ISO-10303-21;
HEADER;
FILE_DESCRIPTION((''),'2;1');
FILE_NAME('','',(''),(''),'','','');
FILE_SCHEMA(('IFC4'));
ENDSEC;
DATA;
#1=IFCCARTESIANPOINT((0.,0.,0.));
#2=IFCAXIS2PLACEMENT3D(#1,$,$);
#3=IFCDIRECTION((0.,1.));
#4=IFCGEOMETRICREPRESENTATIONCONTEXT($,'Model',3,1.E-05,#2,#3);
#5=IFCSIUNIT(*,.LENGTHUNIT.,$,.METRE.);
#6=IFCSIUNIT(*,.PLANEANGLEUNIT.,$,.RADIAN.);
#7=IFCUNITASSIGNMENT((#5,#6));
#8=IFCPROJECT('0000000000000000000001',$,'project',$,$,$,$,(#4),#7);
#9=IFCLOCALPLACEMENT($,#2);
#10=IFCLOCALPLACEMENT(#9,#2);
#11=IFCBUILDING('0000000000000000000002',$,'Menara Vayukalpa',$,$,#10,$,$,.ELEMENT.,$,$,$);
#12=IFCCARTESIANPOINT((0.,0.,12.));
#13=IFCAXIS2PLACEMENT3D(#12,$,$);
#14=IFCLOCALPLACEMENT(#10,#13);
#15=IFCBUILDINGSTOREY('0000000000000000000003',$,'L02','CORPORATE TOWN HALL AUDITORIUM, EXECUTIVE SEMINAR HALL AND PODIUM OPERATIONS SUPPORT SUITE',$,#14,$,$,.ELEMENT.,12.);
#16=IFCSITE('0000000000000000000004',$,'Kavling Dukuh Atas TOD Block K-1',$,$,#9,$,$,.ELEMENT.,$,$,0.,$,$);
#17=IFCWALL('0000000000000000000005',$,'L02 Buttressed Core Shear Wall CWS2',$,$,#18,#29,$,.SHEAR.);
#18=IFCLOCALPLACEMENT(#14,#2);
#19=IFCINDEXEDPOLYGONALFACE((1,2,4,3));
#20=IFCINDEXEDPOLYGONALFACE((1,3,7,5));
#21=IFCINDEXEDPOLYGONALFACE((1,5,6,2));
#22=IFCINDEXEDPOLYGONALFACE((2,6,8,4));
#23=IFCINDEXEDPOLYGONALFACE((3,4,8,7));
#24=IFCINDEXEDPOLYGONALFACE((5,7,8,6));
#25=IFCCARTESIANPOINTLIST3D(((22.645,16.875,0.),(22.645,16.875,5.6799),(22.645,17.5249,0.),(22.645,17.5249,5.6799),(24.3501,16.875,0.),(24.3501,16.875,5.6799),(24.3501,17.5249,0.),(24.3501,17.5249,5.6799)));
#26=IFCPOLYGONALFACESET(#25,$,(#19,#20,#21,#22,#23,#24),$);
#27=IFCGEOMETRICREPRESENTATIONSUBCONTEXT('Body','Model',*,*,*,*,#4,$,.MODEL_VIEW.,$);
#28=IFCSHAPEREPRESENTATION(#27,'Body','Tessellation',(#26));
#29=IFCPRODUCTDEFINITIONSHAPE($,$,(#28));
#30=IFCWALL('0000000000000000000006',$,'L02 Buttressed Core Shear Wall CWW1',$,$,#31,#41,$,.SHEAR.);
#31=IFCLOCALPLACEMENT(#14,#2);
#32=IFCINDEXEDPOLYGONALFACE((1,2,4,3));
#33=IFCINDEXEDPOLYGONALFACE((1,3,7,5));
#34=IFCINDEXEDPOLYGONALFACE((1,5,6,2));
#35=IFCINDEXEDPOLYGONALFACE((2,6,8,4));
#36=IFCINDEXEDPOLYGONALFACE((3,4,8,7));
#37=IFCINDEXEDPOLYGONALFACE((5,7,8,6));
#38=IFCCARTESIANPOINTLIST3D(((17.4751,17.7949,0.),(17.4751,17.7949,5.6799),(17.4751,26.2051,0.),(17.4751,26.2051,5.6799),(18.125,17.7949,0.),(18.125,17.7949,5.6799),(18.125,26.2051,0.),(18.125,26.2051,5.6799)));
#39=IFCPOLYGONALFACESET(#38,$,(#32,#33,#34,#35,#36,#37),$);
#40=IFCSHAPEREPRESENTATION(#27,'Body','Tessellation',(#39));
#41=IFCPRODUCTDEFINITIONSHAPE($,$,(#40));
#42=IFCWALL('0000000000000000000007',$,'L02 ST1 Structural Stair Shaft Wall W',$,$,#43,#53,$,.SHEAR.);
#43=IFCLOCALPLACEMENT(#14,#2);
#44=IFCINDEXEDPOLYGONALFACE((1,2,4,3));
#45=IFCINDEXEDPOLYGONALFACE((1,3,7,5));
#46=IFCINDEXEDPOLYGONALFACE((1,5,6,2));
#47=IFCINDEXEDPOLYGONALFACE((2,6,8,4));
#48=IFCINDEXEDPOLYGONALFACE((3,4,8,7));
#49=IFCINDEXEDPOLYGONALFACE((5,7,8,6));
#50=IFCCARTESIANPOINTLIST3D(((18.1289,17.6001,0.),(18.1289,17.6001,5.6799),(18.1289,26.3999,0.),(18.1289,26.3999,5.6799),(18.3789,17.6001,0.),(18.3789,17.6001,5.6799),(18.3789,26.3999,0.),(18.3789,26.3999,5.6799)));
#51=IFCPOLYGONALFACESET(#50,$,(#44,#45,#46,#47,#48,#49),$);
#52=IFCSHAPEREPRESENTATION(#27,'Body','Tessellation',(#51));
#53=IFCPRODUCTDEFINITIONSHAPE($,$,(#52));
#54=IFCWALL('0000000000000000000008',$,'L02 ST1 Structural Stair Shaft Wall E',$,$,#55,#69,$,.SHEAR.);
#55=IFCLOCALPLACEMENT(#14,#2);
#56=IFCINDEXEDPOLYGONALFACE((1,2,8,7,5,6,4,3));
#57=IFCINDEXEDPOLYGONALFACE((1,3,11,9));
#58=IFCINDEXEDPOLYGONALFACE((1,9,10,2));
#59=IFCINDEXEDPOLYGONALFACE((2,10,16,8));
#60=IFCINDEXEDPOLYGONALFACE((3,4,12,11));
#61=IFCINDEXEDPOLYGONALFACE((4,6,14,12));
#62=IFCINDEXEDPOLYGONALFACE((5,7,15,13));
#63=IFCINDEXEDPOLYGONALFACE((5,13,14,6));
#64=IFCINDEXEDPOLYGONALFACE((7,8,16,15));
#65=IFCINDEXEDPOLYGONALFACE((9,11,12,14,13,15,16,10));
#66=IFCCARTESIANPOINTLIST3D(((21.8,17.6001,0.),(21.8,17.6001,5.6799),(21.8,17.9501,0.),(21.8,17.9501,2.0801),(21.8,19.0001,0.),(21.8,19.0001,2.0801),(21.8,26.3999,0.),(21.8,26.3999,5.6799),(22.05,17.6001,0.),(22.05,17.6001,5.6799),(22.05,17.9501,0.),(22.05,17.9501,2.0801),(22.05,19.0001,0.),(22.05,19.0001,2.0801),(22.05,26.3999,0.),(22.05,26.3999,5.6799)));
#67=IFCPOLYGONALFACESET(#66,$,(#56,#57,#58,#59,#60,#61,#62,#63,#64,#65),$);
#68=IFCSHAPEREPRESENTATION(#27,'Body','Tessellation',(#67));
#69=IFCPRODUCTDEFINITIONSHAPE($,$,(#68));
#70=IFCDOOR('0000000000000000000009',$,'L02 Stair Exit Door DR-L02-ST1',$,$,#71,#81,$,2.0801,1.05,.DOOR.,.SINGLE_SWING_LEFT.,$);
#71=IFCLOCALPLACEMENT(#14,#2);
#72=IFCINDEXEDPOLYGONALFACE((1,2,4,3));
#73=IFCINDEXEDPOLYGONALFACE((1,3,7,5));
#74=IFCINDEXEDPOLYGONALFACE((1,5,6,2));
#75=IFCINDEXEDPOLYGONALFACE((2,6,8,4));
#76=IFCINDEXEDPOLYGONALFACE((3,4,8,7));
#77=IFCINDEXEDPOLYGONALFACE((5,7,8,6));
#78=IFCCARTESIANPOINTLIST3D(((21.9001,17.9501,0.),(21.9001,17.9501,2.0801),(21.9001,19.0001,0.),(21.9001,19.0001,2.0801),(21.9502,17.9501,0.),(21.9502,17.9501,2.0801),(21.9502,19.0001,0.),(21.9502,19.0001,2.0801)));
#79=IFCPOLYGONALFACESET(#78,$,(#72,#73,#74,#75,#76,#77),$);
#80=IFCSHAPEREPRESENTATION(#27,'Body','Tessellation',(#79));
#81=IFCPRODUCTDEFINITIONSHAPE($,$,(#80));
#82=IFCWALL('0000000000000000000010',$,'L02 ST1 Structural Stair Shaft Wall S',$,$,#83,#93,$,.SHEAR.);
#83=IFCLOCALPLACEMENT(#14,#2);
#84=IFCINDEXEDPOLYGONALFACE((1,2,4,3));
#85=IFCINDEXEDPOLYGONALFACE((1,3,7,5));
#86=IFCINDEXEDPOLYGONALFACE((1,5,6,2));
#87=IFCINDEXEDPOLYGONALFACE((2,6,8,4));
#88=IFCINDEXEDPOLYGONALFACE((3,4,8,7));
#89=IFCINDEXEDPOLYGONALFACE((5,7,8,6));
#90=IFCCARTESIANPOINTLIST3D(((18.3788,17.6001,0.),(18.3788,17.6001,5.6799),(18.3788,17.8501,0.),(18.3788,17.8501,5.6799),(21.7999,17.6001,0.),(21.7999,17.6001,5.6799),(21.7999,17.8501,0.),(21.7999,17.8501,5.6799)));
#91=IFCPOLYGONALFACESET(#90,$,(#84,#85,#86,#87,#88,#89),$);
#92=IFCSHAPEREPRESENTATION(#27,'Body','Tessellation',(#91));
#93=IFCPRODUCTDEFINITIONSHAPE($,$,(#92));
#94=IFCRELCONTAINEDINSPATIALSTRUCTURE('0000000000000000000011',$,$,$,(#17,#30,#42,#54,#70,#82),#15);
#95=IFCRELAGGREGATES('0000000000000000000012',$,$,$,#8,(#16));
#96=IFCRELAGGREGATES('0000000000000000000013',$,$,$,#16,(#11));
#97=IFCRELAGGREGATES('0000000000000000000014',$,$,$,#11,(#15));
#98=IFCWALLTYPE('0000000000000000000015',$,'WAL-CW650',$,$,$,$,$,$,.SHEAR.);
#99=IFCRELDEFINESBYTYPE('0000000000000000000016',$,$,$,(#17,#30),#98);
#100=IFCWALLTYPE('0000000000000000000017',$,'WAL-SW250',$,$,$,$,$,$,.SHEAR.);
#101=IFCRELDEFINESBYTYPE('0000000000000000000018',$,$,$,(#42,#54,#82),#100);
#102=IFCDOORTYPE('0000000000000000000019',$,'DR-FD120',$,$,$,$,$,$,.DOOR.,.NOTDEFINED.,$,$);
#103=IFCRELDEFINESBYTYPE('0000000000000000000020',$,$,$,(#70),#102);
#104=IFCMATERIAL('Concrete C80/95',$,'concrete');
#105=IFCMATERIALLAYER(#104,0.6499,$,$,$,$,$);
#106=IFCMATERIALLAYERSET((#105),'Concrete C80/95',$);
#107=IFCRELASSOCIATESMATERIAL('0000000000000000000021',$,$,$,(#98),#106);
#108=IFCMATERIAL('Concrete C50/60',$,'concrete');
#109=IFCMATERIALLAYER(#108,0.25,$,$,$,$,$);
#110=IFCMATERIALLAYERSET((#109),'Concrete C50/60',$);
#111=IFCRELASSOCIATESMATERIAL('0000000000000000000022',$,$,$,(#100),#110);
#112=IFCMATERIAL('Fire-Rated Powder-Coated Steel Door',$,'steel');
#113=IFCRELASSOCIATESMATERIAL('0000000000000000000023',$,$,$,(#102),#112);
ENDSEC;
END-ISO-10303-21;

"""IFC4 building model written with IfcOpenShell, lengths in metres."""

from ifc_helpers import new_model, si_unit, direction, frame, frame_2d, origin, place, context, subcontext, project, spatial, rectangle, extrude, material, layer, layer_set, type_object, element, fill, save


model = new_model("IFC4")

# Units and contexts
model_context = context("Model", 3, precision=1e-05, world=origin(), true_north=direction((0.0, 1.0)))
body_context = subcontext(model_context, "Body", "Model", "MODEL_VIEW")
ifc_project = project(units=[si_unit("LENGTHUNIT", "METRE"), si_unit("PLANEANGLEUNIT", "RADIAN")], contexts=[model_context])

# Site, building, storey
site_placement = place(None, origin())
site = spatial("IfcSite", under=ifc_project, at=site_placement, Name="Kavling Dukuh Atas TOD Block K-1", CompositionType="ELEMENT", RefElevation=0.0)
building_placement = place(site_placement, origin())
building = spatial("IfcBuilding", under=site, at=building_placement, Name="Menara Vayukalpa", CompositionType="ELEMENT")
storey_placement = place(building_placement, frame((0.0, 0.0, 12.0)))
storey = spatial("IfcBuildingStorey", under=building, at=storey_placement, Name="L02", Description="CORPORATE TOWN HALL AUDITORIUM, EXECUTIVE SEMINAR HALL AND PODIUM OPERATIONS SUPPORT SUITE", CompositionType="ELEMENT", Elevation=12.0)

# Walls
ifc_material_1 = material(Name="Concrete C80/95", Category="concrete")
ifc_layer_1 = layer(ifc_material_1, 0.6499)
ifc_layer_set_1 = layer_set([ifc_layer_1], Name="Concrete C80/95")
wall_type_1 = type_object("IfcWallType", Name="WAL-CW650", PredefinedType="SHEAR", material=ifc_layer_set_1)
wall_1_placement = place(storey_placement, frame((22.645, 17.2, 0.0), z_axis=(0.0, 0.0, 1.0), x_axis=(1.0, 0.0, 0.0)))
element("IfcWall", 1, at=wall_1_placement, inside=storey, type_object=wall_type_1, Name="L02 Buttressed Core Shear Wall CWS2", PredefinedType="SHEAR", context=body_context, shape_type="SweptSolid", body=[
    extrude(rectangle(XDim=1.7051, YDim=0.6499, at=frame_2d((0.8525, 0.0))), origin(), (0.0, 0.0, 1.0), 5.6799),
])
wall_2_placement = place(storey_placement, frame((17.8, 17.7949, 0.0), z_axis=(0.0, 0.0, 1.0), x_axis=(0.0, 1.0, 0.0)))
element("IfcWall", 2, at=wall_2_placement, inside=storey, type_object=wall_type_1, Name="L02 Buttressed Core Shear Wall CWW1", PredefinedType="SHEAR", context=body_context, shape_type="SweptSolid", body=[
    extrude(rectangle(XDim=8.4102, YDim=0.6499, at=frame_2d((4.2051, 0.0))), origin(), (0.0, 0.0, 1.0), 5.6799),
])
ifc_material_2 = material(Name="Concrete C50/60", Category="concrete")
ifc_layer_2 = layer(ifc_material_2, 0.25)
ifc_layer_set_2 = layer_set([ifc_layer_2], Name="Concrete C50/60")
wall_type_2 = type_object("IfcWallType", Name="WAL-SW250", PredefinedType="SHEAR", material=ifc_layer_set_2)
wall_3_placement = place(storey_placement, frame((18.2539, 17.6001, 0.0), z_axis=(0.0, 0.0, 1.0), x_axis=(0.0, 1.0, 0.0)))
element("IfcWall", 3, at=wall_3_placement, inside=storey, type_object=wall_type_2, Name="L02 ST1 Structural Stair Shaft Wall W", PredefinedType="SHEAR", context=body_context, shape_type="SweptSolid", body=[
    extrude(rectangle(XDim=8.7998, YDim=0.25, at=frame_2d((4.3999, 0.0))), origin(), (0.0, 0.0, 1.0), 5.6799),
])

# Wall, opening, door
wall_4_placement = place(storey_placement, frame((21.925, 17.6001, 0.0), z_axis=(0.0, 0.0, 1.0), x_axis=(0.0, 1.0, 0.0)))
wall_4 = element("IfcWall", 4, at=wall_4_placement, inside=storey, type_object=wall_type_2, Name="L02 ST1 Structural Stair Shaft Wall E", PredefinedType="SHEAR", context=body_context, shape_type="SweptSolid", body=[
    extrude(rectangle(XDim=8.7998, YDim=0.25, at=frame_2d((4.3999, 0.0))), origin(), (0.0, 0.0, 1.0), 5.6799),
])
opening_placement = place(wall_4_placement, frame((0.3501, 0.0, 0.0)))
opening = element("IfcOpeningElement", 5, at=opening_placement, cuts=wall_4, PredefinedType="OPENING", context=body_context, shape_type="SweptSolid", body=[
    extrude(rectangle(XDim=1.05, YDim=2.0801, at=frame_2d((0.5249, 1.04))), frame((0.0, 0.135, 0.0), z_axis=(0.0, -1.0, 0.0), x_axis=(1.0, 0.0, 0.0)), (0.0, 0.0, 1.0), 0.27),
])
ifc_material_3 = material(Name="Fire-Rated Powder-Coated Steel Door", Category="steel")
door_type = type_object("IfcDoorType", Name="DR-FD120", OperationType="NOTDEFINED", PredefinedType="DOOR", material=ifc_material_3)
door_placement = place(opening_placement, origin())
door = element("IfcDoor", 6, at=door_placement, inside=storey, type_object=door_type, Name="L02 Stair Exit Door DR-L02-ST1", OperationType="SINGLE_SWING_LEFT", OverallHeight=2.0801, OverallWidth=1.05, PredefinedType="DOOR", context=body_context, shape_type="SweptSolid", body=[
    extrude(rectangle(XDim=1.05, YDim=2.0801, at=frame_2d((0.5249, 1.04))), frame((0.0, 0.0249, 0.0), z_axis=(0.0, -1.0, 0.0), x_axis=(1.0, 0.0, 0.0)), (0.0, 0.0, 1.0), 0.05),
])
fill(opening, door)

# Wall
wall_5_placement = place(storey_placement, frame((18.3789, 17.7251, 0.0), z_axis=(0.0, 0.0, 1.0), x_axis=(1.0, 0.0, 0.0)))
element("IfcWall", 7, at=wall_5_placement, inside=storey, type_object=wall_type_2, Name="L02 ST1 Structural Stair Shaft Wall S", PredefinedType="SHEAR", context=body_context, shape_type="SweptSolid", body=[
    extrude(rectangle(XDim=3.4211, YDim=0.25, at=frame_2d((1.7104, 0.0))), origin(), (0.0, 0.0, 1.0), 5.6799),
])

save(model, "model.ifc")
